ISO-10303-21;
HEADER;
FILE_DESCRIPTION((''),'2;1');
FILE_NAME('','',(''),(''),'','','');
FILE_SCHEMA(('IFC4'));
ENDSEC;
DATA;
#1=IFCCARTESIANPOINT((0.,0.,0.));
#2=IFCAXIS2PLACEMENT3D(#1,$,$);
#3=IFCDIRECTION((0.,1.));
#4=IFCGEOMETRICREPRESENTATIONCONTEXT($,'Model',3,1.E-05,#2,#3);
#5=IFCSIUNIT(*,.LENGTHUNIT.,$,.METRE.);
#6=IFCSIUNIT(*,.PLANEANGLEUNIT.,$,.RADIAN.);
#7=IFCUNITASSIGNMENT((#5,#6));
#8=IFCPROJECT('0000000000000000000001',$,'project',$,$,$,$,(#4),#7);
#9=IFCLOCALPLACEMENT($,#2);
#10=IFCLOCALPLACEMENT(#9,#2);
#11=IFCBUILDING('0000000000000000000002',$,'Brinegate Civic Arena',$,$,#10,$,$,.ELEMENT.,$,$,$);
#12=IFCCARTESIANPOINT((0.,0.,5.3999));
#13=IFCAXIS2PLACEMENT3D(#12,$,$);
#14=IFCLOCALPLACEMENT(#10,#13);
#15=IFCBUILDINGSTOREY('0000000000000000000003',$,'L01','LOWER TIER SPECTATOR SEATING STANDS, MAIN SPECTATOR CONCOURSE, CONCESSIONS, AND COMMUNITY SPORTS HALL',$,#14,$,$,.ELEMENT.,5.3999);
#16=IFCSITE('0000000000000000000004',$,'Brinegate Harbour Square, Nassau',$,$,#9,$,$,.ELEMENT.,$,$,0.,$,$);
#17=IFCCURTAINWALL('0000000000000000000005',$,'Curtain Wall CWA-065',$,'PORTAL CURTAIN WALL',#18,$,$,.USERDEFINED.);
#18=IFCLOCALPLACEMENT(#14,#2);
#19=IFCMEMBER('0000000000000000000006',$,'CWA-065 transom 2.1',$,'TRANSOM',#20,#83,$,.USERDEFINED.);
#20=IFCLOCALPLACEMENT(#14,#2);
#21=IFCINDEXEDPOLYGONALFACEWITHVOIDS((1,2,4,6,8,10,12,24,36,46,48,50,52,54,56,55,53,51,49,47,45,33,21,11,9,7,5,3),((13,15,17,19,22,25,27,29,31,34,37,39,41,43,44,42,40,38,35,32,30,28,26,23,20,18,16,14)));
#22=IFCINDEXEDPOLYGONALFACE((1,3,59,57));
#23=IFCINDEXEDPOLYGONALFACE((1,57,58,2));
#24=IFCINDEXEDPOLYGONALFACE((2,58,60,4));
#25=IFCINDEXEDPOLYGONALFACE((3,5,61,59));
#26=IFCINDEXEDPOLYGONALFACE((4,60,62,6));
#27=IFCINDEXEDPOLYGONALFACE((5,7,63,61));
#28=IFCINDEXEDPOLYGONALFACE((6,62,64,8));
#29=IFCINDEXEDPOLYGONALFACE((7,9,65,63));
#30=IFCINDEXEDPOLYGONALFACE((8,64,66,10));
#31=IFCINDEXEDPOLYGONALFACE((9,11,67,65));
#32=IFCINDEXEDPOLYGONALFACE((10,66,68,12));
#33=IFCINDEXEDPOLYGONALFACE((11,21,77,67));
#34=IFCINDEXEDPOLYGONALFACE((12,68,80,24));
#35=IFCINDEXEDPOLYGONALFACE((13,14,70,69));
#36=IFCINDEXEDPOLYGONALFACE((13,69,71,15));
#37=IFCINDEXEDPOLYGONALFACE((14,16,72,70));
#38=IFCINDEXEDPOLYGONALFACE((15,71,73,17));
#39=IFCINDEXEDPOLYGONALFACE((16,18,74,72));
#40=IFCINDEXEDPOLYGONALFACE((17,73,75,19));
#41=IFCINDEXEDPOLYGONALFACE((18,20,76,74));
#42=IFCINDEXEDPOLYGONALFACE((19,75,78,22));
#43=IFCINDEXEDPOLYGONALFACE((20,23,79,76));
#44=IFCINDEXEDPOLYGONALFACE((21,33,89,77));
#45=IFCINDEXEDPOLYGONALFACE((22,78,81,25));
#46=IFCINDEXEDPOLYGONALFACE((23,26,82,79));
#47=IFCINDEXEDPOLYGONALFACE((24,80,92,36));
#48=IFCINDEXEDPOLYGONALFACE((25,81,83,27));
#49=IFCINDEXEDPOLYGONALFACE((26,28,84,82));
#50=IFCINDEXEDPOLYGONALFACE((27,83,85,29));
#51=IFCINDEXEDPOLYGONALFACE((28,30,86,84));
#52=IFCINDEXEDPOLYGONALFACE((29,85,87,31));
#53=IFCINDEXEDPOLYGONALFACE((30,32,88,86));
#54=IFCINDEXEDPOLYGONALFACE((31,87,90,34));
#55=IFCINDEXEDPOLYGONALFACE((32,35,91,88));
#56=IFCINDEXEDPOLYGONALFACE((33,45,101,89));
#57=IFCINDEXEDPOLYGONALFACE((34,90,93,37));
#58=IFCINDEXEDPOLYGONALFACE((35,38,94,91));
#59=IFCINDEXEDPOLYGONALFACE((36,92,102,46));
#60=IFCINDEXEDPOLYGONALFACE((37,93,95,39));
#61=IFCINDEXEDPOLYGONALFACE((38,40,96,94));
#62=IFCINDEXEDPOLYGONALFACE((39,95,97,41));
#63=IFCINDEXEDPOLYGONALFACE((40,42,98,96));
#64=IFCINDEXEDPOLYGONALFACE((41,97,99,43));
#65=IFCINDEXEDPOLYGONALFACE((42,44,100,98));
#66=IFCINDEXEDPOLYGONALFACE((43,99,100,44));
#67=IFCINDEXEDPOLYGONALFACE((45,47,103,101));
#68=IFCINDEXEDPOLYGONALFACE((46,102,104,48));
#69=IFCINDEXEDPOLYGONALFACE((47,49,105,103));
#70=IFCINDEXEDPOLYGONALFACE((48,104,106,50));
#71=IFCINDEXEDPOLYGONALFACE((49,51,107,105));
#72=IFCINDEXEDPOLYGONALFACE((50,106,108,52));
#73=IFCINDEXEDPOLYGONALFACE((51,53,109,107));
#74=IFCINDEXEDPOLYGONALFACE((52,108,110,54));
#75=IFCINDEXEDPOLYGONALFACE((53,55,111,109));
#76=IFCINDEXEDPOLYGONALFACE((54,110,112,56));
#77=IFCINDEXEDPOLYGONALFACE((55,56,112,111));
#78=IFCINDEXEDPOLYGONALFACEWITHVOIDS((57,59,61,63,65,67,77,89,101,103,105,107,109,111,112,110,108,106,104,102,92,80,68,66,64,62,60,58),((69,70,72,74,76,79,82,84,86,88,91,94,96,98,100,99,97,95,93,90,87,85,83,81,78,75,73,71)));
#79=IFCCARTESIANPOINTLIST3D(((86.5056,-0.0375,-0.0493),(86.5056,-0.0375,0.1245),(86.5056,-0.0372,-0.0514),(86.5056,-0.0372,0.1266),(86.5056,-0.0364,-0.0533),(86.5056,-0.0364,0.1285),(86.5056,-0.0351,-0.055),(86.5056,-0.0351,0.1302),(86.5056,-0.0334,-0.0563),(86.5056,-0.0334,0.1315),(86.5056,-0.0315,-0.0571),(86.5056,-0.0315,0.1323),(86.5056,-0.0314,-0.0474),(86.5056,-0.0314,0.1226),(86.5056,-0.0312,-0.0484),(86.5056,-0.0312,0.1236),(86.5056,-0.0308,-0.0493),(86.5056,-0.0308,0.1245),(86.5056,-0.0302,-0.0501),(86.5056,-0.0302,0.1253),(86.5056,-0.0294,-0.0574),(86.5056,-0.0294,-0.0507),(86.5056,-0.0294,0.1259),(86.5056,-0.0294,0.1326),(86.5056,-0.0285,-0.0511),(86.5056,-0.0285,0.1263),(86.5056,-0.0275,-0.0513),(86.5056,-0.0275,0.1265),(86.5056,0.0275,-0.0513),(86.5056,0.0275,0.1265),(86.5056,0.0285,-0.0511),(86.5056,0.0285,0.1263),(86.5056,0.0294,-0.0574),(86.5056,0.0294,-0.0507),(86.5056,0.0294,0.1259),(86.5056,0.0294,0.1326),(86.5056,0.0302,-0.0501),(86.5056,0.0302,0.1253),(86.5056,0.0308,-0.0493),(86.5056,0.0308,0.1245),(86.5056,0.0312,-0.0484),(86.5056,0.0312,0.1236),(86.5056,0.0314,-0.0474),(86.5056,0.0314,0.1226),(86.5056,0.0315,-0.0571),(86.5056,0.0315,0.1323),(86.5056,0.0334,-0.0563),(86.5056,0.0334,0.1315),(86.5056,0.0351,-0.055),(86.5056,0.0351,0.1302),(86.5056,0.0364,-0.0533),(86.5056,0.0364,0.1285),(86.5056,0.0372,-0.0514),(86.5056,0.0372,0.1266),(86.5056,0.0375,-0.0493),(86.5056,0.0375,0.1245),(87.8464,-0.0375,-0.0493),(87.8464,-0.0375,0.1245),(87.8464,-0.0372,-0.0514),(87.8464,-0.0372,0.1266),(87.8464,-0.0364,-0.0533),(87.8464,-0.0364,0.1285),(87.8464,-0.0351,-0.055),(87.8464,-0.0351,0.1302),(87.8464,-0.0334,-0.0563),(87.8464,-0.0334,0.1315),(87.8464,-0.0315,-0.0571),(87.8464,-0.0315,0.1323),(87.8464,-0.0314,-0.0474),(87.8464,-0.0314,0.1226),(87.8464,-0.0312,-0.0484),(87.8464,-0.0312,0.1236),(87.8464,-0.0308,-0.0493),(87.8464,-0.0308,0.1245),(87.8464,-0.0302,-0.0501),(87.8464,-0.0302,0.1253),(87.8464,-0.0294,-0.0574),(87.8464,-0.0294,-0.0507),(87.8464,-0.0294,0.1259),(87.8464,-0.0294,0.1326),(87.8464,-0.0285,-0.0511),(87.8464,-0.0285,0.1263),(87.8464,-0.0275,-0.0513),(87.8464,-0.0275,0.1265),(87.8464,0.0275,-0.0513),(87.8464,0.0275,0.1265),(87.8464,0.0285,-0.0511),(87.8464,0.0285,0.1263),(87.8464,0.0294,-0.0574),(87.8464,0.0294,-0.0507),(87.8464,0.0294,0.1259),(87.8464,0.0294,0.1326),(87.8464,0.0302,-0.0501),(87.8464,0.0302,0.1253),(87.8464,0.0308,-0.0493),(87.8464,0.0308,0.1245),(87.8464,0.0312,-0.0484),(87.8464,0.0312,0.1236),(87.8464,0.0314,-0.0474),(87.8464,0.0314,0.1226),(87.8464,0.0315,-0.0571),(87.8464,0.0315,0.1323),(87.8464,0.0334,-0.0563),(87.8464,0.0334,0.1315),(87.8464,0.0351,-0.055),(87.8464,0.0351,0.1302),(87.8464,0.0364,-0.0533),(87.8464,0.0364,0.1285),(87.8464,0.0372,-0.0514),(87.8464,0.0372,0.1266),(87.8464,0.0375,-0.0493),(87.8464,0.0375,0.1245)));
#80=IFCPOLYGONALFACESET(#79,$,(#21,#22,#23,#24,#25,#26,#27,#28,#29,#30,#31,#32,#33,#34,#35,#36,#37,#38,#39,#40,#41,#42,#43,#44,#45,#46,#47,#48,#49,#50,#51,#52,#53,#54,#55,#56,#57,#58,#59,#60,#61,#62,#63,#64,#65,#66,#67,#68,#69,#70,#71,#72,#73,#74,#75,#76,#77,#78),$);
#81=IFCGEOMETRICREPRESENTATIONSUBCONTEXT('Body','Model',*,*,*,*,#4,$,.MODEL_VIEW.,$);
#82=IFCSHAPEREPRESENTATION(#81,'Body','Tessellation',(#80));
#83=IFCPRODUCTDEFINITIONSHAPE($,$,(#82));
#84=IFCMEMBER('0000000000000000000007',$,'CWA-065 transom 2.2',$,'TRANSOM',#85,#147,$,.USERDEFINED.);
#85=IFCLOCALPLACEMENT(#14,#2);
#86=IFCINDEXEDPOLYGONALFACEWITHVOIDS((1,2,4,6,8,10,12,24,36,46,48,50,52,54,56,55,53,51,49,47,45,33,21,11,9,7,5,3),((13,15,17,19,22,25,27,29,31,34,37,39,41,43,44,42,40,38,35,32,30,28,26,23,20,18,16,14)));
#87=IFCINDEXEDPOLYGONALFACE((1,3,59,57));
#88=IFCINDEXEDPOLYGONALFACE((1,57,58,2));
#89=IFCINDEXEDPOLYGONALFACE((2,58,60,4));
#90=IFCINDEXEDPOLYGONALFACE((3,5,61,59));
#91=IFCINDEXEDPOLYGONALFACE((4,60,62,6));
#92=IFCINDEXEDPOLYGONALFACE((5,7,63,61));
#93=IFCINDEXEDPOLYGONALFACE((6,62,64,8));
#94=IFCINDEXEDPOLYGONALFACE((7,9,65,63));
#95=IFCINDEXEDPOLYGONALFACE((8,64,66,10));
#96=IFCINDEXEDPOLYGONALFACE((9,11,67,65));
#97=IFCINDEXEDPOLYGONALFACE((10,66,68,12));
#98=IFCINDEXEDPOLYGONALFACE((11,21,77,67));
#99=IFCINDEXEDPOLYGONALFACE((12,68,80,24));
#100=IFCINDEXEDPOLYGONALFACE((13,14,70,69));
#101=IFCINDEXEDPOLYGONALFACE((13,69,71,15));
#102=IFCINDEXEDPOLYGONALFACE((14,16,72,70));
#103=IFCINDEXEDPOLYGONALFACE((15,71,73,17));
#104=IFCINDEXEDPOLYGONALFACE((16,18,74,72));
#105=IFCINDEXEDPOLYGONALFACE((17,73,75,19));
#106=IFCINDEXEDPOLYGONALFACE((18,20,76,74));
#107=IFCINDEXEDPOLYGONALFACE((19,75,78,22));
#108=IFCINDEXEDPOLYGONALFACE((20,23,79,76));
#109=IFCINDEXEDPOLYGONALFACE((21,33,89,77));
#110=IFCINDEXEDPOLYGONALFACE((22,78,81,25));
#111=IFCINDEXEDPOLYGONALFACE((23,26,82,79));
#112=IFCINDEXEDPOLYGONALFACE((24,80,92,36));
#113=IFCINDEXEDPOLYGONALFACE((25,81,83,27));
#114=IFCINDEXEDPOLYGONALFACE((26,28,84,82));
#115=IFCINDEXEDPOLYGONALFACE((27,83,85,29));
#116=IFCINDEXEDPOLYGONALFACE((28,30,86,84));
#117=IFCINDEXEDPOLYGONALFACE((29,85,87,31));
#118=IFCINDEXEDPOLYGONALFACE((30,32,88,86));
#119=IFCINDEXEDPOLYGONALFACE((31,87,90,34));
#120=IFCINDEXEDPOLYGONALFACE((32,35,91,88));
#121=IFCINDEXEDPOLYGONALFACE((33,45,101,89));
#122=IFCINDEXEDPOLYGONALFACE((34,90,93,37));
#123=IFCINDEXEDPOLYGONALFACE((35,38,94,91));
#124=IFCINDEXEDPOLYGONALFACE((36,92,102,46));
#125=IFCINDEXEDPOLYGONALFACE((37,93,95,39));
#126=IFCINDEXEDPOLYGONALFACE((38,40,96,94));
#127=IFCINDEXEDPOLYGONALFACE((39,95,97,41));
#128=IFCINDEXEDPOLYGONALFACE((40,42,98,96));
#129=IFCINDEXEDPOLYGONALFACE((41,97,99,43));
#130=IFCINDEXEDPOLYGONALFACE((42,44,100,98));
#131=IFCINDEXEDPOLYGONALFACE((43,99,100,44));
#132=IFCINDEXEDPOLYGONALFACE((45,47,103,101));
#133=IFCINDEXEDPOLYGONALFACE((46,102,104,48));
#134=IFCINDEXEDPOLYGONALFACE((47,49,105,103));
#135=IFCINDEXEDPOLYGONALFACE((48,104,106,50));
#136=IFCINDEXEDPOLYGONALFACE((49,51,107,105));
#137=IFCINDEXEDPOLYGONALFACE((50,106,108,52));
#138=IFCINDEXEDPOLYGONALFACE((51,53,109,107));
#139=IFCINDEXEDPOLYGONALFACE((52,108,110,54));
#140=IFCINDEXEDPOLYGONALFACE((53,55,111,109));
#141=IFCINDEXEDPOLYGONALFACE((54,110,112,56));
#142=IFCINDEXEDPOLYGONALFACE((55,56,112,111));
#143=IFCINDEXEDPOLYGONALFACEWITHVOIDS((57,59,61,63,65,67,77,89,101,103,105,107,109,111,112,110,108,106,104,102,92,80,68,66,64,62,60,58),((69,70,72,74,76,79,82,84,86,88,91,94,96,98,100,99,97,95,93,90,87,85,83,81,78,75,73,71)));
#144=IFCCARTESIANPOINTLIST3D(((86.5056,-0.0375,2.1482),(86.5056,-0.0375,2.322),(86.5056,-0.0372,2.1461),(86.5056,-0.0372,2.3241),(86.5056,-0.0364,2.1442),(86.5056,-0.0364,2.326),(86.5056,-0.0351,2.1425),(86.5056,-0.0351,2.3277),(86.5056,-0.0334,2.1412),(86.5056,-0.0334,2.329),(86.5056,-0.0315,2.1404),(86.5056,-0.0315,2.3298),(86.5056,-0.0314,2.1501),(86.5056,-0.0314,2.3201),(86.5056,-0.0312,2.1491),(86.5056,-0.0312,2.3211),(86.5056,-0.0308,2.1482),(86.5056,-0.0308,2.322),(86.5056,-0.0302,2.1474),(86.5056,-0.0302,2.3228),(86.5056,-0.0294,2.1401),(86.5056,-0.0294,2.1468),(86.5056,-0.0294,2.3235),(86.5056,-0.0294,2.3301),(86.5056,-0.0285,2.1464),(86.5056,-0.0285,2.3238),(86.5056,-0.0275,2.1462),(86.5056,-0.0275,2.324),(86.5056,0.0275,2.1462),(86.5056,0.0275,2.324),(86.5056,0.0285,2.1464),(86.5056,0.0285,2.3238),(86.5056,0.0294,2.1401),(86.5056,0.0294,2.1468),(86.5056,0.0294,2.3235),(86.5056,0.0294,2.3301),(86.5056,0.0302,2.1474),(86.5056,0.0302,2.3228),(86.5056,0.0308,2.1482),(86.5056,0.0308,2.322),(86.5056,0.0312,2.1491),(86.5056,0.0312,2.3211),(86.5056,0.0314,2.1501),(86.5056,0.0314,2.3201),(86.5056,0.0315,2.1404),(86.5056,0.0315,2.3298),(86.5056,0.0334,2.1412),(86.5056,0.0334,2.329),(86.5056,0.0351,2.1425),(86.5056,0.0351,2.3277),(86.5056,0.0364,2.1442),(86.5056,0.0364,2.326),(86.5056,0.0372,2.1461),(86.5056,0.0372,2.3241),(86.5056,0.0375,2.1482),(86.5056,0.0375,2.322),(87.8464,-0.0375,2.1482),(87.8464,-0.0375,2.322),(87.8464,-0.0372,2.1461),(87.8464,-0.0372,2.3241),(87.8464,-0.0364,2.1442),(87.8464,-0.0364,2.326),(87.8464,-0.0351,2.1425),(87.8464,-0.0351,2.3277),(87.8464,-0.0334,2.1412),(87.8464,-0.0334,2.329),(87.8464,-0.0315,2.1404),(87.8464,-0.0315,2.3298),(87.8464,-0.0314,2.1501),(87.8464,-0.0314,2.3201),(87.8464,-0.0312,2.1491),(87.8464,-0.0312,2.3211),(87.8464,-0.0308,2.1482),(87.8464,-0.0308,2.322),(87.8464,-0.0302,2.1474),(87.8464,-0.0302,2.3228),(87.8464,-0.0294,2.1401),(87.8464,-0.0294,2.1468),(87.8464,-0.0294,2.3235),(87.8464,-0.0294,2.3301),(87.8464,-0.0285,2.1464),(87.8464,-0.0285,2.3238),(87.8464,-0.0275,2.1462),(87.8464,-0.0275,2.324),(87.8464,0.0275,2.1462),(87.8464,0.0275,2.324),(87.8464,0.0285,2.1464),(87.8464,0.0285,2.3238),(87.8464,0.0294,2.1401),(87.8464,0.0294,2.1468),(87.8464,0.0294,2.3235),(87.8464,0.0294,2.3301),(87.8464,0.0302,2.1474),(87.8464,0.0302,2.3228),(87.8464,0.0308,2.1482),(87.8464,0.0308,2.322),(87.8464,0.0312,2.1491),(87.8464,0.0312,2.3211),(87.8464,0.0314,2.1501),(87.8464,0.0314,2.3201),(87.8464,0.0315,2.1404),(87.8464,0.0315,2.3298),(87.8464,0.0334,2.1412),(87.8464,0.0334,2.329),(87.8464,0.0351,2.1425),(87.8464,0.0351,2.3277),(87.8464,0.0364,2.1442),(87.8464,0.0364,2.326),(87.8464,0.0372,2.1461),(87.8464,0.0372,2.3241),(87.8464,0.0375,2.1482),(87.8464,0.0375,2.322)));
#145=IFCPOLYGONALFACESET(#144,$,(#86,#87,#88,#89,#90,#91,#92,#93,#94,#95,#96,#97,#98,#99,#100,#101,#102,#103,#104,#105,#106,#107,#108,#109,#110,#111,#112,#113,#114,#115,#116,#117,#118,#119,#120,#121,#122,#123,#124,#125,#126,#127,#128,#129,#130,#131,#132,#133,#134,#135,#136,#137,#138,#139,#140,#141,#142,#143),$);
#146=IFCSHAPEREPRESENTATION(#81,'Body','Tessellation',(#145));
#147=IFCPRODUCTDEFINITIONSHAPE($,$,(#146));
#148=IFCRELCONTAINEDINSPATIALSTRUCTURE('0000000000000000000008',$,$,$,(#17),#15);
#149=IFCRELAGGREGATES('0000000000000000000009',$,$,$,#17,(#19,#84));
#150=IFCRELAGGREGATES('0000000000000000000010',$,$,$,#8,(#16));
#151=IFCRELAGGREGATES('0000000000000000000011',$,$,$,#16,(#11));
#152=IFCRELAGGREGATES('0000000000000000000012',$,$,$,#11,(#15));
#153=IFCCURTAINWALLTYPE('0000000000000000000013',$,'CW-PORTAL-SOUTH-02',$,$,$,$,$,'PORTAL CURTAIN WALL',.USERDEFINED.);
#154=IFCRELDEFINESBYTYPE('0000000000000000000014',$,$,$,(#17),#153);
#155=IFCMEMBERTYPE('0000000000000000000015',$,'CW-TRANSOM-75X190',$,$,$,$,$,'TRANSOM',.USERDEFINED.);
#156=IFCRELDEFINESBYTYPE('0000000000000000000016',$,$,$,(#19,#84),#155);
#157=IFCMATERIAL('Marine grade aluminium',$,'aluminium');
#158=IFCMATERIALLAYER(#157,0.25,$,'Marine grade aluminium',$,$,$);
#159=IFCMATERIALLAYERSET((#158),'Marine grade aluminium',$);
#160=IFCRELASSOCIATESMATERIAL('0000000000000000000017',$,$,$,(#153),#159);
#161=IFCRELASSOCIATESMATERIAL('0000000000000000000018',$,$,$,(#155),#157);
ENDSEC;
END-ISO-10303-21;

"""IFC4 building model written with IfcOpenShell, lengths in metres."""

from ifc_helpers import new_model, si_unit, direction, frame, origin, origin_2d, place, context, subcontext, project, spatial, hollow_rectangle, extrude, material, layer, layer_set, material_profile, profile_set, type_object, element, aggregate, save


model = new_model("IFC4")

# Units and contexts
model_context = context("Model", 3, precision=1e-05, world=origin(), true_north=direction((0.0, 1.0)))
body_context = subcontext(model_context, "Body", "Model", "MODEL_VIEW")
ifc_project = project(units=[si_unit("LENGTHUNIT", "METRE"), si_unit("PLANEANGLEUNIT", "RADIAN")], contexts=[model_context])

# Site, building, storey
site_placement = place(None, origin())
site = spatial("IfcSite", under=ifc_project, at=site_placement, Name="Brinegate Harbour Square, Nassau", CompositionType="ELEMENT", RefElevation=0.0)
building_placement = place(site_placement, origin())
building = spatial("IfcBuilding", under=site, at=building_placement, Name="Brinegate Civic Arena", CompositionType="ELEMENT")
storey_placement = place(building_placement, frame((0.0, 0.0, 5.3999)))
storey = spatial("IfcBuildingStorey", under=building, at=storey_placement, Name="L01", Description="LOWER TIER SPECTATOR SEATING STANDS, MAIN SPECTATOR CONCOURSE, CONCESSIONS, AND COMMUNITY SPORTS HALL", CompositionType="ELEMENT", Elevation=5.3999)

# Curtain wall, members
ifc_material_1 = material(Name="Marine grade aluminium", Category="aluminium")
ifc_layer_1 = layer(ifc_material_1, 0.25, Name="Marine grade aluminium")
ifc_layer_set_1 = layer_set([ifc_layer_1], Name="Marine grade aluminium")
curtain_wall_type = type_object("IfcCurtainWallType", Name="CW-PORTAL-SOUTH-02", ElementType="PORTAL CURTAIN WALL", PredefinedType="USERDEFINED", material=ifc_layer_set_1)
curtain_wall_placement = place(storey_placement, origin())
curtain_wall = element("IfcCurtainWall", 1, at=curtain_wall_placement, inside=storey, type_object=curtain_wall_type, Name="Curtain Wall CWA-065", ObjectType="PORTAL CURTAIN WALL", PredefinedType="USERDEFINED")
ifc_material_profile_1 = material_profile(ifc_material_1, hollow_rectangle(XDim=0.075, YDim=0.1899, WallThickness=0.0061, InnerFilletRadius=0.0039, OuterFilletRadius=0.0081, at=origin_2d()), Name="TRN75X190")
ifc_profile_set_1 = profile_set([ifc_material_profile_1], Name="Marine grade aluminium")
member_type_1 = type_object("IfcMemberType", Name="CW-TRANSOM-75X190", ElementType="TRANSOM", PredefinedType="USERDEFINED", material=ifc_profile_set_1)
member_1_placement = place(storey_placement, frame((86.5056, 0.0, 0.0376), z_axis=(1.0, 0.0, 0.0), x_axis=(0.0, 1.0, 0.0)))
member_1 = element("IfcMember", 2, at=member_1_placement, type_object=member_type_1, Name="CWA-065 transom 2.1", ObjectType="TRANSOM", PredefinedType="USERDEFINED", context=body_context, shape_type="SweptSolid", body=[
    extrude(hollow_rectangle(XDim=0.075, YDim=0.1899, WallThickness=0.0061, InnerFilletRadius=0.0039, OuterFilletRadius=0.0081, at=origin_2d()), origin(), (0.0, 0.0, 1.0), 1.3408),
])
member_2_placement = place(storey_placement, frame((86.5056, 0.0, 2.2351), z_axis=(1.0, 0.0, 0.0), x_axis=(0.0, 1.0, 0.0)))
member_2 = element("IfcMember", 3, at=member_2_placement, type_object=member_type_1, Name="CWA-065 transom 2.2", ObjectType="TRANSOM", PredefinedType="USERDEFINED", context=body_context, shape_type="SweptSolid", body=[
    extrude(hollow_rectangle(XDim=0.075, YDim=0.1899, WallThickness=0.0061, InnerFilletRadius=0.0039, OuterFilletRadius=0.0081, at=origin_2d()), origin(), (0.0, 0.0, 1.0), 1.3408),
])
aggregate(curtain_wall, [member_1, member_2])

save(model, "model.ifc")
